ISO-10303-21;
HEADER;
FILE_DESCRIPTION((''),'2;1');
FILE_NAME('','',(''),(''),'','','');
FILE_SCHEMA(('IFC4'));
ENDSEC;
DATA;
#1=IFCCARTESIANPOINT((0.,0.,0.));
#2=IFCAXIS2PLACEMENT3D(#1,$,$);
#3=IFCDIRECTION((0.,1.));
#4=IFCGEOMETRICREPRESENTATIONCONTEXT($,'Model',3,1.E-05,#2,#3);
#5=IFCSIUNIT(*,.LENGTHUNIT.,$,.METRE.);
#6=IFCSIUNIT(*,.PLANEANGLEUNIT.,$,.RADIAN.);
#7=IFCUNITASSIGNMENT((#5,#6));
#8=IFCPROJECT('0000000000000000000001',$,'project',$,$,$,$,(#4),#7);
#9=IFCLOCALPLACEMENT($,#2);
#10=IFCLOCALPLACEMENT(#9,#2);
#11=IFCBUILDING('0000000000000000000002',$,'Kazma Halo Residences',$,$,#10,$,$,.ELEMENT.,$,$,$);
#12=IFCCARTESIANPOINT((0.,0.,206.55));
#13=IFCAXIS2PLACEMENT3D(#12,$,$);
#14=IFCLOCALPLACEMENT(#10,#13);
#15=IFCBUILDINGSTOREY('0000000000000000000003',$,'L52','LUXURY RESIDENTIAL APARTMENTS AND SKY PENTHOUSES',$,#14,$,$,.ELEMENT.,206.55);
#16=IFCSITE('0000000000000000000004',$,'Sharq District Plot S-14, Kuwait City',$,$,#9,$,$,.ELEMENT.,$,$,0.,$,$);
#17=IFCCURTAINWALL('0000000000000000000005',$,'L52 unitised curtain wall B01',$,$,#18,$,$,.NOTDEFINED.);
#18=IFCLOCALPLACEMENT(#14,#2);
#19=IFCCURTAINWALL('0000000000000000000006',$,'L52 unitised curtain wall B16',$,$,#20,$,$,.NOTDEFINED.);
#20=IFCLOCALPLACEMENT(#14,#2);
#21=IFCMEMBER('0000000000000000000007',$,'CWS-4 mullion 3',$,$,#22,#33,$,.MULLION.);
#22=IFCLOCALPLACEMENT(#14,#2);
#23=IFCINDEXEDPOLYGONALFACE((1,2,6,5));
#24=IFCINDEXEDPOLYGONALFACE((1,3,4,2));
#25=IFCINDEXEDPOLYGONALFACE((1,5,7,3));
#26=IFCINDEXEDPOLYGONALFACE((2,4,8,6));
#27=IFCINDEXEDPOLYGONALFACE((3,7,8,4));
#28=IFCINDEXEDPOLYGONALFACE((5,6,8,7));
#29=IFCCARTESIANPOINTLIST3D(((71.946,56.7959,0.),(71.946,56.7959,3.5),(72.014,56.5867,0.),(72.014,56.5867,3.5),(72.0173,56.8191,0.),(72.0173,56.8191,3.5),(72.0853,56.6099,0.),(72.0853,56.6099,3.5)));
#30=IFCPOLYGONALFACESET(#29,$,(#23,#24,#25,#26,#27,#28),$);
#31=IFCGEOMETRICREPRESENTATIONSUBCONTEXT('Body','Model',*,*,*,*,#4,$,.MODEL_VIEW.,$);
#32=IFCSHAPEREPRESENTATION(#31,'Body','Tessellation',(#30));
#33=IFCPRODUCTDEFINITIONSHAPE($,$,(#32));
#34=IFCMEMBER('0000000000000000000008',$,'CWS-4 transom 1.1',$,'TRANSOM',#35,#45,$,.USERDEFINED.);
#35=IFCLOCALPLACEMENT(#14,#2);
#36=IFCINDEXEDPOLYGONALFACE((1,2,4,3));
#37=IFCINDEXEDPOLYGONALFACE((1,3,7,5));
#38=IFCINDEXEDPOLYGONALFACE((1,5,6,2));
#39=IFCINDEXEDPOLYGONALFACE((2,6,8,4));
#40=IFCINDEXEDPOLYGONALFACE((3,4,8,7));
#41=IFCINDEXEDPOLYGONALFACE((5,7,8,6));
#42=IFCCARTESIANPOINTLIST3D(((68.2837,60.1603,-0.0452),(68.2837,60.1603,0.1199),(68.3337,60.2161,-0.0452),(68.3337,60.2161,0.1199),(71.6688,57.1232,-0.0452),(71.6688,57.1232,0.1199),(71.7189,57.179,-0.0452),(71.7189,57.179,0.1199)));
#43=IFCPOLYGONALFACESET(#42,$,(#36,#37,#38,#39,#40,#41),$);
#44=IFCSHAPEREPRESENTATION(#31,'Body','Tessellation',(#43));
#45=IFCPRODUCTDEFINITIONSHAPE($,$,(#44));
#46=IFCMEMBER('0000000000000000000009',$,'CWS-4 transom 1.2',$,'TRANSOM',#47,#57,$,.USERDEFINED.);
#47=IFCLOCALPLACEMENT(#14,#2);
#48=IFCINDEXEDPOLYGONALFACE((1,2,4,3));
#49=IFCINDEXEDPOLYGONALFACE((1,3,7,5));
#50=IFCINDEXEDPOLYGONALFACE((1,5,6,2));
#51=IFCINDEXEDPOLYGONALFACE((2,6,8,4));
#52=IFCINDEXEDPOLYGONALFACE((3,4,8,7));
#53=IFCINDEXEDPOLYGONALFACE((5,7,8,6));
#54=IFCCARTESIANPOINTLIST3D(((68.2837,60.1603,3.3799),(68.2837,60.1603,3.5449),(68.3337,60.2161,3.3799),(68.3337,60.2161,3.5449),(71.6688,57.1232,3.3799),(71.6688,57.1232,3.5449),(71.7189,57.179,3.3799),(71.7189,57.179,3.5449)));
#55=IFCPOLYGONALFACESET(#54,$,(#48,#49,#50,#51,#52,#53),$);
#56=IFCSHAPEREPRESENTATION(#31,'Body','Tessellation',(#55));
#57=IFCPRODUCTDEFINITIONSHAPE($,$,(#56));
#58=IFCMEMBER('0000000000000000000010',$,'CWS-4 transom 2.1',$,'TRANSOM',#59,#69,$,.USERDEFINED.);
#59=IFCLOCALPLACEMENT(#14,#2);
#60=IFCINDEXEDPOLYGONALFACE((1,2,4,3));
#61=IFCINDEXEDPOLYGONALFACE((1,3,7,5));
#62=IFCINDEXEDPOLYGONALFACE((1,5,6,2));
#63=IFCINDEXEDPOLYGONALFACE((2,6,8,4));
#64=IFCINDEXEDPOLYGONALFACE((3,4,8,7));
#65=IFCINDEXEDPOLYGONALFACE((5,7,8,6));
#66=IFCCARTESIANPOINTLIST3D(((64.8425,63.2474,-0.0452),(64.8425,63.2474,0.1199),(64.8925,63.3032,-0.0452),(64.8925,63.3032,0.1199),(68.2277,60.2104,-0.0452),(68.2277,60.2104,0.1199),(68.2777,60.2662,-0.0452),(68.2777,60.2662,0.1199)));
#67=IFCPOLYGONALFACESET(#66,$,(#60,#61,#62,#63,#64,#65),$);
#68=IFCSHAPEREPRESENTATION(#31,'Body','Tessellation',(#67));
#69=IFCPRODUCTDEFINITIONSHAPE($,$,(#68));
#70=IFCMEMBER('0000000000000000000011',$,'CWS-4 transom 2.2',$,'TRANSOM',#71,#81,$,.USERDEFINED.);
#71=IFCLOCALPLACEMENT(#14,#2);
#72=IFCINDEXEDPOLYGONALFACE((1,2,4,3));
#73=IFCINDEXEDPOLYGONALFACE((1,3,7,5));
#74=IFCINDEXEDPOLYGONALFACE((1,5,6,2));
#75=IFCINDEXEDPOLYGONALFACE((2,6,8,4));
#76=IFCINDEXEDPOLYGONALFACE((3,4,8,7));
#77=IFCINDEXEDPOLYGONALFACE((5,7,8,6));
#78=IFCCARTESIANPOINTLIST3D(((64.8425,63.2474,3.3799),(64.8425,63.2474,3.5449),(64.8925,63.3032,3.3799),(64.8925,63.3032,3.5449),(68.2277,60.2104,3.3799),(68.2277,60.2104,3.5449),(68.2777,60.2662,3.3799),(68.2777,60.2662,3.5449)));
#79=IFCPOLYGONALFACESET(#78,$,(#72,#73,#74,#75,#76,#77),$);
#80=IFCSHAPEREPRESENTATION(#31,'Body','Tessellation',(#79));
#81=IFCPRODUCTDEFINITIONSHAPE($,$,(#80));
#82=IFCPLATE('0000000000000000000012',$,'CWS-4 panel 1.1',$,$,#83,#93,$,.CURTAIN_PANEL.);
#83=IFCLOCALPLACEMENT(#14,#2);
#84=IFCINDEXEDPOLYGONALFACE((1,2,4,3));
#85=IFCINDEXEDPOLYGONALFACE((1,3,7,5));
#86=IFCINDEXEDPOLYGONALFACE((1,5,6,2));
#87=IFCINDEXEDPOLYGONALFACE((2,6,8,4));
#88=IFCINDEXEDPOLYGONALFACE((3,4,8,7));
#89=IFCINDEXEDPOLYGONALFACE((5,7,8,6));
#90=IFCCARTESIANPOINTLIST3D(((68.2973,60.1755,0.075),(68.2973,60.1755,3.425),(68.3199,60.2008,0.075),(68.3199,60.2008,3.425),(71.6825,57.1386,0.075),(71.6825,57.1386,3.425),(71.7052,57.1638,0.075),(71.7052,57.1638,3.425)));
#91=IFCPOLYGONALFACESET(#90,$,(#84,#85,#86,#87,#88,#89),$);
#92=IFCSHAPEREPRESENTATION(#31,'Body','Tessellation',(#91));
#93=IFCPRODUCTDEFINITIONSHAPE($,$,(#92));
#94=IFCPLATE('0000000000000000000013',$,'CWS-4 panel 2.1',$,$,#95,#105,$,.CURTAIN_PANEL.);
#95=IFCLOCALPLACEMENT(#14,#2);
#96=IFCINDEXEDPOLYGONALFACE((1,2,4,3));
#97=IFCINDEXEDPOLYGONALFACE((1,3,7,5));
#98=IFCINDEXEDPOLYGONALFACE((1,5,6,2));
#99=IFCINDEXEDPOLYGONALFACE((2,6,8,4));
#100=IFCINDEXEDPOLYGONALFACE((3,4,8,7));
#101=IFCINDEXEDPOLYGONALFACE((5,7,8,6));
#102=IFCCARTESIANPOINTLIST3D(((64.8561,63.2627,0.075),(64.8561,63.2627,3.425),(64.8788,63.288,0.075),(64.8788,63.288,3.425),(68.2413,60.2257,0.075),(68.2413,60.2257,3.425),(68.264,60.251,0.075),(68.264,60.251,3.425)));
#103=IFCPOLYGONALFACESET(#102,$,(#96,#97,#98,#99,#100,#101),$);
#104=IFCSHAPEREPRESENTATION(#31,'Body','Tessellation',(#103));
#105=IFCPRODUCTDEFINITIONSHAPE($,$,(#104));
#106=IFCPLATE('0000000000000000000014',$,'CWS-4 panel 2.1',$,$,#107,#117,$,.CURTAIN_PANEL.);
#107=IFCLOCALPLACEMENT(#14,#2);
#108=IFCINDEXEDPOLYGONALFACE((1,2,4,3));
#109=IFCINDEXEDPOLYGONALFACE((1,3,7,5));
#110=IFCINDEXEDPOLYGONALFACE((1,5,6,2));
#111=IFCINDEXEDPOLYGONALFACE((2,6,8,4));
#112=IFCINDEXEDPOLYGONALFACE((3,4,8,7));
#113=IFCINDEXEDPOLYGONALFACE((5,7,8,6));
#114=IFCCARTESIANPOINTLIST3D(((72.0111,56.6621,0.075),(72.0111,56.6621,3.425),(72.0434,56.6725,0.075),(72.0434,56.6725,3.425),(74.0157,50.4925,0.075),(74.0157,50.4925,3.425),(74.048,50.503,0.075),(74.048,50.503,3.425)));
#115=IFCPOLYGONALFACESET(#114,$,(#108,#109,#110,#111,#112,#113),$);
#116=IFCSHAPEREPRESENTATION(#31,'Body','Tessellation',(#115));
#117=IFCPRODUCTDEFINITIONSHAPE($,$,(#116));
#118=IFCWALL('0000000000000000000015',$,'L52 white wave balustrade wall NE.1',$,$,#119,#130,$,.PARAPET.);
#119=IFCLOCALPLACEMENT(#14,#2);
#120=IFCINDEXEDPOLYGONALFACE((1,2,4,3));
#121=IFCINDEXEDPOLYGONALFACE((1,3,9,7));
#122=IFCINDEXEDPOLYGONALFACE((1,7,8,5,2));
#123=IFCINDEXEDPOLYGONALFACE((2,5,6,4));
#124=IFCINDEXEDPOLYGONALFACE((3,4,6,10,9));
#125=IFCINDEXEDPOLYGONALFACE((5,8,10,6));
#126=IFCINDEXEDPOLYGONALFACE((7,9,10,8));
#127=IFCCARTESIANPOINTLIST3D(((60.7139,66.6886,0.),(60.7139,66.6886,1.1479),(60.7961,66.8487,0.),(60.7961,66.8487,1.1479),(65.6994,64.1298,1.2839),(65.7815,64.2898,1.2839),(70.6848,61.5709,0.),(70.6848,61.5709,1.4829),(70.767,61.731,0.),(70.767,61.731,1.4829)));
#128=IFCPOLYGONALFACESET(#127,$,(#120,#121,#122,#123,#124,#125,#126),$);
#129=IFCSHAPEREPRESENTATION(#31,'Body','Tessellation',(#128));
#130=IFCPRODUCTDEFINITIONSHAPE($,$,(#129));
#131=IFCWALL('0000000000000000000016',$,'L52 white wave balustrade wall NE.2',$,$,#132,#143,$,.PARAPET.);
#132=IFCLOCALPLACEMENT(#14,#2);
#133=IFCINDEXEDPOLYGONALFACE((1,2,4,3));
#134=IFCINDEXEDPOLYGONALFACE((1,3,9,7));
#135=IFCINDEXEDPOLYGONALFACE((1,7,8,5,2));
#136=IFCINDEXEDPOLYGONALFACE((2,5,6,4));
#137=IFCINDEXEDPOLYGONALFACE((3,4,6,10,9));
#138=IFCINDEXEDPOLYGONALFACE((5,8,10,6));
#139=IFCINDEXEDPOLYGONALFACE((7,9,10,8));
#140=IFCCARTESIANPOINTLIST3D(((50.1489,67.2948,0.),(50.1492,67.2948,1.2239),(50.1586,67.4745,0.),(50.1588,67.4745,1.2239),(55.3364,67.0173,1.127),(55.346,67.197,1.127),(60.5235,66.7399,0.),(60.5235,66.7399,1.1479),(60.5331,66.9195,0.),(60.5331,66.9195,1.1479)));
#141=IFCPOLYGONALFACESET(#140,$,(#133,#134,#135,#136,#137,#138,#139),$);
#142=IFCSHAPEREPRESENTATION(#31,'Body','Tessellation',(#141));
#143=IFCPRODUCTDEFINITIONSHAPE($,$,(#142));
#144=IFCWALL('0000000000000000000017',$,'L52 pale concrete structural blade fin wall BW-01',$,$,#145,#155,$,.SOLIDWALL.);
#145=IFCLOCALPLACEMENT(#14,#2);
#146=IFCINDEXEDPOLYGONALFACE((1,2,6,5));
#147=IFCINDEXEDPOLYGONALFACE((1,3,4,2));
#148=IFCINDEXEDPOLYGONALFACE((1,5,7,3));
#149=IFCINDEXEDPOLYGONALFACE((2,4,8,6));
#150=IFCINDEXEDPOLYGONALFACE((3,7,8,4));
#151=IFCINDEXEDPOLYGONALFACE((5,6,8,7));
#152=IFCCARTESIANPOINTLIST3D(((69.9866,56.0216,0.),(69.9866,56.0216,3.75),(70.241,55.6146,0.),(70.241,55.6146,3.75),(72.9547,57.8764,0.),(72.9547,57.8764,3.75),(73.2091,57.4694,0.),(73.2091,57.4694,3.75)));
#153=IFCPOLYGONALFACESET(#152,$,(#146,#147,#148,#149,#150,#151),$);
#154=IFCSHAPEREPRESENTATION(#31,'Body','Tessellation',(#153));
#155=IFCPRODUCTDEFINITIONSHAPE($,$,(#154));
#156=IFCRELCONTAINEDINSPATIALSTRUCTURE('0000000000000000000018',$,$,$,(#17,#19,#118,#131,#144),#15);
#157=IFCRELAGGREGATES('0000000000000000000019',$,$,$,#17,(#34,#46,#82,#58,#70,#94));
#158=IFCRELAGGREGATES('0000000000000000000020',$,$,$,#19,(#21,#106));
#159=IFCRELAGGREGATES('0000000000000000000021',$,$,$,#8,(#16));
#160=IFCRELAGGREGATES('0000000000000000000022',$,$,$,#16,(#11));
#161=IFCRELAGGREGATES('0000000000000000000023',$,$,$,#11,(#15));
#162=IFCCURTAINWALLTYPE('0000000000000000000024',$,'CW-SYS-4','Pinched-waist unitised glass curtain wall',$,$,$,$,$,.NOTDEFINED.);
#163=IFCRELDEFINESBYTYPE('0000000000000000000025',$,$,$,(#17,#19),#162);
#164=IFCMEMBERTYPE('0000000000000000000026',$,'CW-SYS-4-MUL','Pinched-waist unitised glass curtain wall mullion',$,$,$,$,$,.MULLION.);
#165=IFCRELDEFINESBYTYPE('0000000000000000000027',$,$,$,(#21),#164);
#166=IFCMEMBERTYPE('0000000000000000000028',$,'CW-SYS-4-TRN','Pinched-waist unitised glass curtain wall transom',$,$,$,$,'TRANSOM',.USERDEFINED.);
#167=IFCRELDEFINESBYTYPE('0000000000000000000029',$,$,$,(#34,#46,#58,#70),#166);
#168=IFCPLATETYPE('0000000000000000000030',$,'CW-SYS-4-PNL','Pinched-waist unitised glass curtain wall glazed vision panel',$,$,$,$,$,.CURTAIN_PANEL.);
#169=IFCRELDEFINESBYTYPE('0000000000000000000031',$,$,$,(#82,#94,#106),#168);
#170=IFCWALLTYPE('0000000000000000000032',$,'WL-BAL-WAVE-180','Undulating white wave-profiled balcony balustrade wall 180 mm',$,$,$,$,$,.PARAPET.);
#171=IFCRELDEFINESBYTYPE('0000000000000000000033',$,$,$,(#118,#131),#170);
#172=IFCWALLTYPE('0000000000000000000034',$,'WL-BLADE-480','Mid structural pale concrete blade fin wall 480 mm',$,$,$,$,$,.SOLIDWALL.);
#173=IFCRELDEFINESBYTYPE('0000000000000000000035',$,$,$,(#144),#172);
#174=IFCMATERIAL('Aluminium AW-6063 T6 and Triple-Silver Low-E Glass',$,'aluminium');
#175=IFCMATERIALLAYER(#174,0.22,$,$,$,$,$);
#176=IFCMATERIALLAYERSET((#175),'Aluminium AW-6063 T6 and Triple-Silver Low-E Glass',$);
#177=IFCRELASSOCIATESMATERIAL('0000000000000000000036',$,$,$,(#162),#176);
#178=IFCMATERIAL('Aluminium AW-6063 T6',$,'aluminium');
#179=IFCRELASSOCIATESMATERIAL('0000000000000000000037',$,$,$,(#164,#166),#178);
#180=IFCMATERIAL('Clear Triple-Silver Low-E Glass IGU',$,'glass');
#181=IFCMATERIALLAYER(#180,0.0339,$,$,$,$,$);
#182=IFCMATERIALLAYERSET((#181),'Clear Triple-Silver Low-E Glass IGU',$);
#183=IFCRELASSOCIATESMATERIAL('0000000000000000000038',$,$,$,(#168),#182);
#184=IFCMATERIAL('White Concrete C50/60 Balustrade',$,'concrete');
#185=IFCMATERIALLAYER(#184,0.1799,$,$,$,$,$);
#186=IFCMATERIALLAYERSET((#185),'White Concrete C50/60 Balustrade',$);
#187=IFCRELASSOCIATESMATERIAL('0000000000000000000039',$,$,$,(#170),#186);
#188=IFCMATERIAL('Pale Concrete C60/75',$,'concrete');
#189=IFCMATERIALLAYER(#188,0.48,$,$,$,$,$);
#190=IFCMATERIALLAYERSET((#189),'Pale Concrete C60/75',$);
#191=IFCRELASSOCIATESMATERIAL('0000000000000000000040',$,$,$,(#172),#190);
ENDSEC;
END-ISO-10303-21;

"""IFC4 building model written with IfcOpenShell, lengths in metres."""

from ifc_helpers import new_model, si_unit, direction, frame, frame_2d, origin, origin_2d, place, context, subcontext, project, spatial, polyline, rectangle, outline, extrude, material, layer, layer_set, material_profile, profile_set, type_object, element, aggregate, save


model = new_model("IFC4")

# Units and contexts
model_context = context("Model", 3, precision=1e-05, world=origin(), true_north=direction((0.0, 1.0)))
body_context = subcontext(model_context, "Body", "Model", "MODEL_VIEW")
ifc_project = project(units=[si_unit("LENGTHUNIT", "METRE"), si_unit("PLANEANGLEUNIT", "RADIAN")], contexts=[model_context])

# Site, building, storey
site_placement = place(None, origin())
site = spatial("IfcSite", under=ifc_project, at=site_placement, Name="Sharq District Plot S-14, Kuwait City", CompositionType="ELEMENT", RefElevation=0.0)
building_placement = place(site_placement, origin())
building = spatial("IfcBuilding", under=site, at=building_placement, Name="Kazma Halo Residences", CompositionType="ELEMENT")
storey_placement = place(building_placement, frame((0.0, 0.0, 206.55)))
storey = spatial("IfcBuildingStorey", under=building, at=storey_placement, Name="L52", Description="LUXURY RESIDENTIAL APARTMENTS AND SKY PENTHOUSES", CompositionType="ELEMENT", Elevation=206.55)

# Curtain wall
ifc_material_1 = material(Name="Aluminium AW-6063 T6 and Triple-Silver Low-E Glass", Category="aluminium")
ifc_layer_1 = layer(ifc_material_1, 0.22)
ifc_layer_set_1 = layer_set([ifc_layer_1], Name="Aluminium AW-6063 T6 and Triple-Silver Low-E Glass")
curtain_wall_type = type_object("IfcCurtainWallType", Name="CW-SYS-4", Description="Pinched-waist unitised glass curtain wall", PredefinedType="NOTDEFINED", material=ifc_layer_set_1)
curtain_wall_1_placement = place(storey_placement, origin())
curtain_wall_1 = element("IfcCurtainWall", 1, at=curtain_wall_1_placement, inside=storey, type_object=curtain_wall_type, Name="L52 unitised curtain wall B01", PredefinedType="NOTDEFINED")
ifc_material_2 = material(Name="Aluminium AW-6063 T6", Category="aluminium")
ifc_material_profile_1 = material_profile(ifc_material_2, rectangle(XDim=0.075, YDim=0.22, at=origin_2d()), Name="CWM-75x220")
ifc_profile_set_1 = profile_set([ifc_material_profile_1], Name="Aluminium AW-6063 T6")
member_type_1 = type_object("IfcMemberType", Name="CW-SYS-4-MUL", Description="Pinched-waist unitised glass curtain wall mullion", PredefinedType="MULLION", material=ifc_profile_set_1)

# Curtain wall, member
curtain_wall_2_placement = place(storey_placement, origin())
curtain_wall_2 = element("IfcCurtainWall", 2, at=curtain_wall_2_placement, inside=storey, type_object=curtain_wall_type, Name="L52 unitised curtain wall B16", PredefinedType="NOTDEFINED")
member_1_placement = place(storey_placement, frame((72.0156, 56.7029, 0.0), z_axis=(0.0, 0.0, 1.0), x_axis=(-0.951057, -0.309016, 0.0)))
member_1 = element("IfcMember", 3, at=member_1_placement, type_object=member_type_1, Name="CWS-4 mullion 3", PredefinedType="MULLION", context=body_context, shape_type="SweptSolid", body=[
    extrude(rectangle(XDim=0.075, YDim=0.22, at=origin_2d()), origin(), (0.0, 0.0, 1.0), 3.5),
])

# Members
ifc_material_profile_2 = material_profile(ifc_material_2, rectangle(XDim=0.075, YDim=0.165, at=origin_2d()), Name="CWT-75x165")
ifc_profile_set_2 = profile_set([ifc_material_profile_2], Name="Aluminium AW-6063 T6")
member_type_2 = type_object("IfcMemberType", Name="CW-SYS-4-TRN", Description="Pinched-waist unitised glass curtain wall transom", ElementType="TRANSOM", PredefinedType="USERDEFINED", material=ifc_profile_set_2)
member_2_placement = place(storey_placement, frame((71.6938, 57.1511, 0.0374), z_axis=(-0.744345, 0.667795, 0.0), x_axis=(-0.667795, -0.744345, 0.0)))
member_2 = element("IfcMember", 4, at=member_2_placement, type_object=member_type_2, Name="CWS-4 transom 1.1", ObjectType="TRANSOM", PredefinedType="USERDEFINED", context=body_context, shape_type="SweptSolid", body=[
    extrude(rectangle(XDim=0.075, YDim=0.165, at=origin_2d()), origin(), (0.0, 0.0, 1.0), 4.5479),
])
member_3_placement = place(storey_placement, frame((71.6938, 57.1511, 3.4624), z_axis=(-0.744345, 0.667795, 0.0), x_axis=(-0.667795, -0.744345, 0.0)))
member_3 = element("IfcMember", 5, at=member_3_placement, type_object=member_type_2, Name="CWS-4 transom 1.2", ObjectType="TRANSOM", PredefinedType="USERDEFINED", context=body_context, shape_type="SweptSolid", body=[
    extrude(rectangle(XDim=0.075, YDim=0.165, at=origin_2d()), origin(), (0.0, 0.0, 1.0), 4.5479),
])
member_4_placement = place(storey_placement, frame((68.2527, 60.2383, 0.0374), z_axis=(-0.744345, 0.667795, 0.0), x_axis=(-0.667795, -0.744345, 0.0)))
member_4 = element("IfcMember", 6, at=member_4_placement, type_object=member_type_2, Name="CWS-4 transom 2.1", ObjectType="TRANSOM", PredefinedType="USERDEFINED", context=body_context, shape_type="SweptSolid", body=[
    extrude(rectangle(XDim=0.075, YDim=0.165, at=origin_2d()), origin(), (0.0, 0.0, 1.0), 4.5479),
])
member_5_placement = place(storey_placement, frame((68.2527, 60.2383, 3.4624), z_axis=(-0.744345, 0.667795, 0.0), x_axis=(-0.667795, -0.744345, 0.0)))
member_5 = element("IfcMember", 7, at=member_5_placement, type_object=member_type_2, Name="CWS-4 transom 2.2", ObjectType="TRANSOM", PredefinedType="USERDEFINED", context=body_context, shape_type="SweptSolid", body=[
    extrude(rectangle(XDim=0.075, YDim=0.165, at=origin_2d()), origin(), (0.0, 0.0, 1.0), 4.5479),
])

# Plates
ifc_material_3 = material(Name="Clear Triple-Silver Low-E Glass IGU", Category="glass")
ifc_layer_2 = layer(ifc_material_3, 0.0339)
ifc_layer_set_2 = layer_set([ifc_layer_2], Name="Clear Triple-Silver Low-E Glass IGU")
plate_type = type_object("IfcPlateType", Name="CW-SYS-4-PNL", Description="Pinched-waist unitised glass curtain wall glazed vision panel", PredefinedType="CURTAIN_PANEL", material=ifc_layer_set_2)
plate_1_placement = place(storey_placement, frame((70.0012, 58.6697, 0.075), z_axis=(0.0, 0.0, 1.0), x_axis=(-0.744355, 0.667784, 0.0)))
plate_1 = element("IfcPlate", 8, at=plate_1_placement, type_object=plate_type, Name="CWS-4 panel 1.1", PredefinedType="CURTAIN_PANEL", context=body_context, shape_type="SweptSolid", body=[
    extrude(rectangle(XDim=4.5479, YDim=0.0339, at=origin_2d()), origin(), (0.0, 0.0, 1.0), 3.3501),
])
plate_2_placement = place(storey_placement, frame((66.5601, 61.7568, 0.075), z_axis=(0.0, 0.0, 1.0), x_axis=(-0.744355, 0.667784, 0.0)))
plate_2 = element("IfcPlate", 9, at=plate_2_placement, type_object=plate_type, Name="CWS-4 panel 2.1", PredefinedType="CURTAIN_PANEL", context=body_context, shape_type="SweptSolid", body=[
    extrude(rectangle(XDim=4.5479, YDim=0.0339, at=origin_2d()), origin(), (0.0, 0.0, 1.0), 3.3501),
])
aggregate(curtain_wall_1, [member_2, member_3, plate_1, member_4, member_5, plate_2])
plate_3_placement = place(storey_placement, frame((73.0295, 53.5825, 0.075), z_axis=(0.0, 0.0, 1.0), x_axis=(-0.309016, 0.951057, 0.0)))
plate_3 = element("IfcPlate", 10, at=plate_3_placement, type_object=plate_type, Name="CWS-4 panel 2.1", PredefinedType="CURTAIN_PANEL", context=body_context, shape_type="SweptSolid", body=[
    extrude(rectangle(XDim=6.4871, YDim=0.0339, at=origin_2d()), origin(), (0.0, 0.0, 1.0), 3.3501),
])
aggregate(curtain_wall_2, [member_1, plate_3])

# Walls
ifc_material_4 = material(Name="White Concrete C50/60 Balustrade", Category="concrete")
ifc_layer_3 = layer(ifc_material_4, 0.1799)
ifc_layer_set_3 = layer_set([ifc_layer_3], Name="White Concrete C50/60 Balustrade")
wall_type_1 = type_object("IfcWallType", Name="WL-BAL-WAVE-180", Description="Undulating white wave-profiled balcony balustrade wall 180 mm", PredefinedType="PARAPET", material=ifc_layer_set_3)
wall_1_placement = place(storey_placement, frame((70.7258, 61.6509, 0.0), z_axis=(0.0, 0.0, 1.0), x_axis=(-0.889659, 0.456625, 0.0)))
element("IfcWall", 11, at=wall_1_placement, inside=storey, type_object=wall_type_1, Name="L52 white wave balustrade wall NE.1", PredefinedType="PARAPET", context=body_context, shape_type="SweptSolid", body=[
    extrude(outline(polyline([(0.0, 0.0), (11.2075, 0.0), (11.2075, 1.1479), (5.6038, 1.2839), (0.0, 1.4829), (0.0, 0.0)])), frame((0.0, 0.0898, 0.0), z_axis=(0.0, -1.0, 0.0), x_axis=(1.0, 0.0, 0.0)), (0.0, 0.0, 1.0), 0.1799),
])
wall_2_placement = place(storey_placement, frame((60.5283, 66.8296, 0.0), z_axis=(0.0, 0.0, 1.0), x_axis=(-0.998572, 0.053414, 0.0)))
element("IfcWall", 12, at=wall_2_placement, inside=storey, type_object=wall_type_1, Name="L52 white wave balustrade wall NE.2", PredefinedType="PARAPET", context=body_context, shape_type="SweptSolid", body=[
    extrude(outline(polyline([(0.0, 0.0), (10.3894, 0.0), (10.3892, 1.2239), (5.1946, 1.127), (0.0, 1.1479), (0.0, 0.0)])), frame((0.0, 0.0898, 0.0), z_axis=(0.0, -1.0, 0.0), x_axis=(1.0, 0.0, 0.0)), (0.0, 0.0, 1.0), 0.1799),
])
ifc_material_5 = material(Name="Pale Concrete C60/75", Category="concrete")
ifc_layer_4 = layer(ifc_material_5, 0.48)
ifc_layer_set_4 = layer_set([ifc_layer_4], Name="Pale Concrete C60/75")
wall_type_2 = type_object("IfcWallType", Name="WL-BLADE-480", Description="Mid structural pale concrete blade fin wall 480 mm", PredefinedType="SOLIDWALL", material=ifc_layer_set_4)
wall_3_placement = place(storey_placement, frame((70.1138, 55.8181, 0.0), z_axis=(0.0, 0.0, 1.0), x_axis=(0.848034, 0.529943, 0.0)))
element("IfcWall", 13, at=wall_3_placement, inside=storey, type_object=wall_type_2, Name="L52 pale concrete structural blade fin wall BW-01", PredefinedType="SOLIDWALL", context=body_context, shape_type="SweptSolid", body=[
    extrude(rectangle(XDim=3.5, YDim=0.48, at=frame_2d((1.75, 0.0))), origin(), (0.0, 0.0, 1.0), 3.75),
])

save(model, "model.ifc")
